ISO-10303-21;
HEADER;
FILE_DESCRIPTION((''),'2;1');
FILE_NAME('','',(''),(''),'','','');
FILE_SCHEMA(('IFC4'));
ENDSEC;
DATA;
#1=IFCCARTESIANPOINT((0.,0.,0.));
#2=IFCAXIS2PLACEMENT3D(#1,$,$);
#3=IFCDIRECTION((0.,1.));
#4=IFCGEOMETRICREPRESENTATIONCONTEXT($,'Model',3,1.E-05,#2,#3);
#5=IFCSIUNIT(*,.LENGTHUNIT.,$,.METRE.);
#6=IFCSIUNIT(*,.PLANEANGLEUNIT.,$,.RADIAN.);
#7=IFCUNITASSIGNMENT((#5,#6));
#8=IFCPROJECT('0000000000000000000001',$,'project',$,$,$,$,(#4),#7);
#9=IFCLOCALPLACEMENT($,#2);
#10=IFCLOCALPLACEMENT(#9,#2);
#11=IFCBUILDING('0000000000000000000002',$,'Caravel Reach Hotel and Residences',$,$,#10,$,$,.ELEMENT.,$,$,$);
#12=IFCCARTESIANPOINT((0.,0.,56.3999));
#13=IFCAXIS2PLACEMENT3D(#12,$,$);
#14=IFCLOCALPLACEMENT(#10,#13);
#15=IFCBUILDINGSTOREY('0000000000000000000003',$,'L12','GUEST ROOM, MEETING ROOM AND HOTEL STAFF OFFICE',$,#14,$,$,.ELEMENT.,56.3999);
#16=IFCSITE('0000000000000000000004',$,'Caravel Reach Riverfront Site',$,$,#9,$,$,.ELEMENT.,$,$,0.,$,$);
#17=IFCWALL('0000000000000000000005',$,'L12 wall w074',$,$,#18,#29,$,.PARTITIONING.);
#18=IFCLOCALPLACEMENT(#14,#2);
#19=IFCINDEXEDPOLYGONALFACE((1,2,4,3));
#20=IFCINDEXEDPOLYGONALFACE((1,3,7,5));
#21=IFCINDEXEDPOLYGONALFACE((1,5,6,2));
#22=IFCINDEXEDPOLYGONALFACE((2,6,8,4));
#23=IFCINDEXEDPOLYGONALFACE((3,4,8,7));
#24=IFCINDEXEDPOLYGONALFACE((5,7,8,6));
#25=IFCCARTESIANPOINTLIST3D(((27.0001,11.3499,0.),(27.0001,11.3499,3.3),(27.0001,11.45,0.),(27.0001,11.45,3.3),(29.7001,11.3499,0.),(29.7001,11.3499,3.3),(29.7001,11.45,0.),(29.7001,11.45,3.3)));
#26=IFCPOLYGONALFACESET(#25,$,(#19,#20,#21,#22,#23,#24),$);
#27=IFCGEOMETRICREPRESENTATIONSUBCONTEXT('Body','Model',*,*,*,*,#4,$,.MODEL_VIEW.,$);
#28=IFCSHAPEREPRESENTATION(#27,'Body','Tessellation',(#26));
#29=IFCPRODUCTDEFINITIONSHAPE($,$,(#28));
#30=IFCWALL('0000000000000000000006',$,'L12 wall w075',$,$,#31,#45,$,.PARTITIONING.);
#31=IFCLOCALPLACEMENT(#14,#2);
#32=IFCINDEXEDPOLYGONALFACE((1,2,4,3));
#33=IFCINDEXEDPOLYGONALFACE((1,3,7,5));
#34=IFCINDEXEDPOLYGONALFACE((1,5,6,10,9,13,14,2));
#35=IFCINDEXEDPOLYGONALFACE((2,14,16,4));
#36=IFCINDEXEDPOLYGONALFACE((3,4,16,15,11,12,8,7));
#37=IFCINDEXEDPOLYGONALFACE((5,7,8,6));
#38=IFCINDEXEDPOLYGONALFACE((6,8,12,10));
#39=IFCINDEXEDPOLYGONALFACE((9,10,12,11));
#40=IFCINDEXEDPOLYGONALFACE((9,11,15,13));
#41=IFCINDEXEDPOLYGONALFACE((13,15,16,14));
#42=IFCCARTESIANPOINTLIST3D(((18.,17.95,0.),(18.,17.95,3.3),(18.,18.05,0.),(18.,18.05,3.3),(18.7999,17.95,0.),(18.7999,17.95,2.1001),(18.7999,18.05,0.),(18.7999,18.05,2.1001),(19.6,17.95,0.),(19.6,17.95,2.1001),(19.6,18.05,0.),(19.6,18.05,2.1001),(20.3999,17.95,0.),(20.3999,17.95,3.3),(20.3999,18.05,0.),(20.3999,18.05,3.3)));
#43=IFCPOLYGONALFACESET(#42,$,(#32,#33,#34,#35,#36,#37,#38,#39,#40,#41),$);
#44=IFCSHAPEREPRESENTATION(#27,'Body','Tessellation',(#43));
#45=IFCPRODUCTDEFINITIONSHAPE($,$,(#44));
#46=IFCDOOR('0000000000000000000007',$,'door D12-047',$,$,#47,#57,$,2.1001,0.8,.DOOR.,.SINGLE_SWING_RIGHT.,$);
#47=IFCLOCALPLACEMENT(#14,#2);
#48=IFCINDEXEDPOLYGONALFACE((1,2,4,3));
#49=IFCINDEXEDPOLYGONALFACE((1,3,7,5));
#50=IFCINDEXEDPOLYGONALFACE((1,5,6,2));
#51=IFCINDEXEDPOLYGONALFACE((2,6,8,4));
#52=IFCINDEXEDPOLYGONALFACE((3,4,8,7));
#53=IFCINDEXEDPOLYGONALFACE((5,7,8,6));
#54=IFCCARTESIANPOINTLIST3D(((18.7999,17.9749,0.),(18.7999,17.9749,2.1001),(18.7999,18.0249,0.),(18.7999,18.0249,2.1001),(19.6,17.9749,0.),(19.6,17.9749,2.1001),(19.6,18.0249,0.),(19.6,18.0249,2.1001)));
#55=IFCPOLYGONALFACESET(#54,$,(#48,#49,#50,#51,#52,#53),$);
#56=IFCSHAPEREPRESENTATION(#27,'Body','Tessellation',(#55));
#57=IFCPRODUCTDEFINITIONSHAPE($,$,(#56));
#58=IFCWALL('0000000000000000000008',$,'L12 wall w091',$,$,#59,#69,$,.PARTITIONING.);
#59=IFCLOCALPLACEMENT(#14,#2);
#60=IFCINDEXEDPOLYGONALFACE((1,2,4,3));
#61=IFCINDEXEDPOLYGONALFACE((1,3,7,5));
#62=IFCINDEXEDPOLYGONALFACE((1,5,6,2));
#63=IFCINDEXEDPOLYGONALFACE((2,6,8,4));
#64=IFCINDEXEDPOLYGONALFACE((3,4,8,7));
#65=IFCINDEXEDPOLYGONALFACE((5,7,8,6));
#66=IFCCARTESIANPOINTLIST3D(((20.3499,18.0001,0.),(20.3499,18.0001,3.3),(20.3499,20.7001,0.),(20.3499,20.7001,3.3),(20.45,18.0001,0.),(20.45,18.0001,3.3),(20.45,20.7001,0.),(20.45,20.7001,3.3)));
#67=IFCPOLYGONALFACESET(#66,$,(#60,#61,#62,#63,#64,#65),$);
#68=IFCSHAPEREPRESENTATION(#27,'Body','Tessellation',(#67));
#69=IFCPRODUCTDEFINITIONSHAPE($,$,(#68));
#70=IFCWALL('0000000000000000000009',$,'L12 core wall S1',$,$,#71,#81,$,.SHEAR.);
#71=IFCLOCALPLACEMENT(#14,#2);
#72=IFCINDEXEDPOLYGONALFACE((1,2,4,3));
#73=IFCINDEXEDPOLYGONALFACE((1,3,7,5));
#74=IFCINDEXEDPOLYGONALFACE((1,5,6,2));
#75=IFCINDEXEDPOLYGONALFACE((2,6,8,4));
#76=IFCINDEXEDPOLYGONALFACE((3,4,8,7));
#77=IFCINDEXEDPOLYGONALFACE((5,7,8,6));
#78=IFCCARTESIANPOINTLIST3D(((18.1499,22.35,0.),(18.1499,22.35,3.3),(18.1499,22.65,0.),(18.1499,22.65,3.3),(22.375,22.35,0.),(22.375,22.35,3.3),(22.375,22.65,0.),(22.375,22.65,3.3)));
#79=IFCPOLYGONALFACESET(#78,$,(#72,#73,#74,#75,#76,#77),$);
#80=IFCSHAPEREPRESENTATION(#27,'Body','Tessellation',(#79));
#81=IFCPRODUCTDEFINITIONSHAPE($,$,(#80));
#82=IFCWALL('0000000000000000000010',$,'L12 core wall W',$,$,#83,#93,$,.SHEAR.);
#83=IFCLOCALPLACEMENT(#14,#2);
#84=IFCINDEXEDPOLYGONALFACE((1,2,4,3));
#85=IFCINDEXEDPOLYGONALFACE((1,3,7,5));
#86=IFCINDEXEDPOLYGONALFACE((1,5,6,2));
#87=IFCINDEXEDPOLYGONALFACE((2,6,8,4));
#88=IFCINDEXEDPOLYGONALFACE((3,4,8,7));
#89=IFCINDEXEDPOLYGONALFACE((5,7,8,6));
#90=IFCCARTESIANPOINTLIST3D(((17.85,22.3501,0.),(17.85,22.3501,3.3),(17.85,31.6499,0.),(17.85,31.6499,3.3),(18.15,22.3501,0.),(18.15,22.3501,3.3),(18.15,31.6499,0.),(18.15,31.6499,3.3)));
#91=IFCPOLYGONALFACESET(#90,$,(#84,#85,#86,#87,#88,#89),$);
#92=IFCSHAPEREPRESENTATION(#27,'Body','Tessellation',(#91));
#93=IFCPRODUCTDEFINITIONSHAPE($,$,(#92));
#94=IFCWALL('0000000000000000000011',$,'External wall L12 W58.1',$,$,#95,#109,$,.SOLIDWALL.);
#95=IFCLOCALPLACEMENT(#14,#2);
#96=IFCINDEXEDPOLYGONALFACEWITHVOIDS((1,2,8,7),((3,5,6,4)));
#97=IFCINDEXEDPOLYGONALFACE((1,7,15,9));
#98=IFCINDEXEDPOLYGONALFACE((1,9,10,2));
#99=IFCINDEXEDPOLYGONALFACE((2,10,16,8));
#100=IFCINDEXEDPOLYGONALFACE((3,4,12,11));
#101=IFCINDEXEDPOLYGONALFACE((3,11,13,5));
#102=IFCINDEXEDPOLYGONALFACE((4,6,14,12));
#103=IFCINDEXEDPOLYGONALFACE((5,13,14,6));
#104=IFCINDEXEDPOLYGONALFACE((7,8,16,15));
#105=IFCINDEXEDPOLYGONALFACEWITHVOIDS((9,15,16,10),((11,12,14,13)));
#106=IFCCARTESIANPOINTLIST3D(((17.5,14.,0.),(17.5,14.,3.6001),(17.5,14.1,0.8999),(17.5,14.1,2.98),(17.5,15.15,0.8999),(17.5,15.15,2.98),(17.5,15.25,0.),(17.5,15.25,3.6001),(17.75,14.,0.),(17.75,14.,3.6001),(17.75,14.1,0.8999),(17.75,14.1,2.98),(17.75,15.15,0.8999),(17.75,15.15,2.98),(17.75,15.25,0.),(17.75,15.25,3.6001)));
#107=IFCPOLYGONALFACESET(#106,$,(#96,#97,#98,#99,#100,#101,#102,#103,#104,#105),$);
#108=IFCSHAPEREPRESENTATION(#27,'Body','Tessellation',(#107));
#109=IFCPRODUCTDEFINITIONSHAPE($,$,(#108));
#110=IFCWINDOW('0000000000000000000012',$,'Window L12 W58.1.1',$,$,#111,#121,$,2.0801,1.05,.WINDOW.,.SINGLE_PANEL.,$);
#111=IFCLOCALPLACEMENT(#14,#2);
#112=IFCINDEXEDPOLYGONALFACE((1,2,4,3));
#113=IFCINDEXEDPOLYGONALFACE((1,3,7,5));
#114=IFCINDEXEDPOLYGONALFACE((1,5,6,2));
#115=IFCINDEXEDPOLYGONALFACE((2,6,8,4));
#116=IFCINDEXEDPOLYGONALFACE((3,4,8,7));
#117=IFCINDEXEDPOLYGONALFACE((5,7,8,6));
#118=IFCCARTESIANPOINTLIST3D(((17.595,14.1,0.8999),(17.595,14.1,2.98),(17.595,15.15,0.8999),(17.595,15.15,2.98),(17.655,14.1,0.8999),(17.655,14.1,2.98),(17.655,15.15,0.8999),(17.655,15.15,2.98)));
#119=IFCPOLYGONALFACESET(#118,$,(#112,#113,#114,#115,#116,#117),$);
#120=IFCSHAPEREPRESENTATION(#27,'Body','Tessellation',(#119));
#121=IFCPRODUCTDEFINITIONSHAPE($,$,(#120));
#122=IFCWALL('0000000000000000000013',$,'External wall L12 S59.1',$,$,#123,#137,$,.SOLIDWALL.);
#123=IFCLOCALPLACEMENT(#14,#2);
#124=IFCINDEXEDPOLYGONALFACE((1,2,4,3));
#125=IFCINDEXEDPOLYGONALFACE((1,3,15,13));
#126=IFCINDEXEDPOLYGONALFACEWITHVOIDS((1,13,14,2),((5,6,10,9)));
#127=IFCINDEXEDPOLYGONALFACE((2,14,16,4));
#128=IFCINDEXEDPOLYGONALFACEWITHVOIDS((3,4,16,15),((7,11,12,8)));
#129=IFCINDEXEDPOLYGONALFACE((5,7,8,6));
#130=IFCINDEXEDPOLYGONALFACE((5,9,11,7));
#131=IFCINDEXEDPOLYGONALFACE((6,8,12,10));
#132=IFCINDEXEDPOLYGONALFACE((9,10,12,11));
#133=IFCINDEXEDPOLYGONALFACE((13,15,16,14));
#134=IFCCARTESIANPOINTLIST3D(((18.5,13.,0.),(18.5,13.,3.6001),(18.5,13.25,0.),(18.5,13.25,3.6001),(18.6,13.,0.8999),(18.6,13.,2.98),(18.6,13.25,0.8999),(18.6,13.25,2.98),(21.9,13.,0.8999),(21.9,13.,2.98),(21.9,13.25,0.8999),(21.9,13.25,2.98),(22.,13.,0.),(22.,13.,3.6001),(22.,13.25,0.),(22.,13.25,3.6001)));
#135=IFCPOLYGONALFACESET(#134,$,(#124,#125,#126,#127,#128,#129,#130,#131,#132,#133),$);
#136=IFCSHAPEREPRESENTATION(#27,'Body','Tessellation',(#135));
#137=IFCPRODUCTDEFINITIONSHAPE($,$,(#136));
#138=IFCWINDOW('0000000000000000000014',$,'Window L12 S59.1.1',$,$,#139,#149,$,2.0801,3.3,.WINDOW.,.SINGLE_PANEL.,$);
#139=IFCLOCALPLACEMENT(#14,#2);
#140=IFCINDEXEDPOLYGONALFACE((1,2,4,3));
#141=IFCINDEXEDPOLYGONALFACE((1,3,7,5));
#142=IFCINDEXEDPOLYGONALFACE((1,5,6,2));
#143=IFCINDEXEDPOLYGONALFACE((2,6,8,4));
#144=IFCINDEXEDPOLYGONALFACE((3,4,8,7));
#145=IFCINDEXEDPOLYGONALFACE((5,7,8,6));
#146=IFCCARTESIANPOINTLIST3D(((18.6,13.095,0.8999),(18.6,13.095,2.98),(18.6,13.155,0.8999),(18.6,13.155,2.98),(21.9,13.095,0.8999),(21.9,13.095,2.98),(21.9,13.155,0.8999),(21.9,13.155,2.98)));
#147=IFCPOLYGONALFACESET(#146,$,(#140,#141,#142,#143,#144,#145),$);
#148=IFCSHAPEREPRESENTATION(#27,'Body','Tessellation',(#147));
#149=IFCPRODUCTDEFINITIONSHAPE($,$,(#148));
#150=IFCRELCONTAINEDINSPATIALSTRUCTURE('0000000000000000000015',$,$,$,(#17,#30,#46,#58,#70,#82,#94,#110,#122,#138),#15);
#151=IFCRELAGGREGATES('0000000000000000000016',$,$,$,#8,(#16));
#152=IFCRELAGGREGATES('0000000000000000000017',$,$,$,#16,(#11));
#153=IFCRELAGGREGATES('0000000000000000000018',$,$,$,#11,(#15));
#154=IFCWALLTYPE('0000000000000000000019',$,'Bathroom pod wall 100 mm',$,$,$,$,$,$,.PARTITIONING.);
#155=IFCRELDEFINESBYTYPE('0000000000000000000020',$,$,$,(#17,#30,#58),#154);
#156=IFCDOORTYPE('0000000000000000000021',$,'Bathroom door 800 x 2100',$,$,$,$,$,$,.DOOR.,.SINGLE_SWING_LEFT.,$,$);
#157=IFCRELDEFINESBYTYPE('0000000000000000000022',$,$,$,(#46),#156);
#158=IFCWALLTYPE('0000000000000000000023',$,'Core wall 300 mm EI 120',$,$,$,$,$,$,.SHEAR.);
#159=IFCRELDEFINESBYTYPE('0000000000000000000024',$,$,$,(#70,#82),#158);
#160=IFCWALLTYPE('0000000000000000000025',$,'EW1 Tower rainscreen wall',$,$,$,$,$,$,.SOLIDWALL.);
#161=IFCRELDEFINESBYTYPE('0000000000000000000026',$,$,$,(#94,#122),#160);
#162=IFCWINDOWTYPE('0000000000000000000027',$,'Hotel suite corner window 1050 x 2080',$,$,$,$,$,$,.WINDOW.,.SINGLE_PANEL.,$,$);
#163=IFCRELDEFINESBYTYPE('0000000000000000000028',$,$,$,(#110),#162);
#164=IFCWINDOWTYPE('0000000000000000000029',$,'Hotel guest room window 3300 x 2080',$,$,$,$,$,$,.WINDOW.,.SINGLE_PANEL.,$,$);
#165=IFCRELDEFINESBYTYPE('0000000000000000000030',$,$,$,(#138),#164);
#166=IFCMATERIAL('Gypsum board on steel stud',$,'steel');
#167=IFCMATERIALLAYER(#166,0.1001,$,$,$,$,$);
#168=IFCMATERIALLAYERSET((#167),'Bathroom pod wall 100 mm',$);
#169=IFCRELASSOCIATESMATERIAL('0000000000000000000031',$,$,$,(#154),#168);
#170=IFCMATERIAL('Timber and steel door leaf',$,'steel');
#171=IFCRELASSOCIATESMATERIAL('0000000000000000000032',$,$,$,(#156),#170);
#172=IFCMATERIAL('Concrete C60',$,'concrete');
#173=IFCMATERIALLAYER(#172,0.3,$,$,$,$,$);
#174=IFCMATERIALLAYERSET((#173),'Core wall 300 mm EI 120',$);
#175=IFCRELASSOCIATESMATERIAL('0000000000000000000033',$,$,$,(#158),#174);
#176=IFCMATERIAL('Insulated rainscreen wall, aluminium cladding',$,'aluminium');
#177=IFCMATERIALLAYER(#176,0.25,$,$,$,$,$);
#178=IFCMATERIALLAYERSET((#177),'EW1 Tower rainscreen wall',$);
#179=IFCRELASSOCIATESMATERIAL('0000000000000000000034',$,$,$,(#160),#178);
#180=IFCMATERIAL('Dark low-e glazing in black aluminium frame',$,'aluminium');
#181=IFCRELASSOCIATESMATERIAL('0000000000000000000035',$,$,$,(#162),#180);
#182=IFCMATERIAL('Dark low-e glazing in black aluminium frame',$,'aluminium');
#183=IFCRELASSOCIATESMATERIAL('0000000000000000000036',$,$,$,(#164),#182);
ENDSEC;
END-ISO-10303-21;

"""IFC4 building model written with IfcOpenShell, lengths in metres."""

from ifc_helpers import new_model, si_unit, direction, frame, frame_2d, origin, place, context, subcontext, project, spatial, rectangle, extrude, material, layer, layer_set, type_object, element, fill, save


model = new_model("IFC4")

# Units and contexts
model_context = context("Model", 3, precision=1e-05, world=origin(), true_north=direction((0.0, 1.0)))
body_context = subcontext(model_context, "Body", "Model", "MODEL_VIEW")
ifc_project = project(units=[si_unit("LENGTHUNIT", "METRE"), si_unit("PLANEANGLEUNIT", "RADIAN")], contexts=[model_context])

# Site, building, storey
site_placement = place(None, origin())
site = spatial("IfcSite", under=ifc_project, at=site_placement, Name="Caravel Reach Riverfront Site", CompositionType="ELEMENT", RefElevation=0.0)
building_placement = place(site_placement, origin())
building = spatial("IfcBuilding", under=site, at=building_placement, Name="Caravel Reach Hotel and Residences", CompositionType="ELEMENT")
storey_placement = place(building_placement, frame((0.0, 0.0, 56.3999)))
storey = spatial("IfcBuildingStorey", under=building, at=storey_placement, Name="L12", Description="GUEST ROOM, MEETING ROOM AND HOTEL STAFF OFFICE", CompositionType="ELEMENT", Elevation=56.3999)

# Wall
ifc_material_1 = material(Name="Gypsum board on steel stud", Category="steel")
ifc_layer_1 = layer(ifc_material_1, 0.1001)
ifc_layer_set_1 = layer_set([ifc_layer_1], Name="Bathroom pod wall 100 mm")
wall_type_1 = type_object("IfcWallType", Name="Bathroom pod wall 100 mm", PredefinedType="PARTITIONING", material=ifc_layer_set_1)
wall_1_placement = place(storey_placement, frame((27.0, 11.3999, 0.0), z_axis=(0.0, 0.0, 1.0), x_axis=(1.0, 0.0, 0.0)))
element("IfcWall", 1, at=wall_1_placement, inside=storey, type_object=wall_type_1, Name="L12 wall w074", PredefinedType="PARTITIONING", context=body_context, shape_type="SweptSolid", body=[
    extrude(rectangle(XDim=2.7, YDim=0.1001, at=frame_2d((1.3501, 0.0))), origin(), (0.0, 0.0, 1.0), 3.3),
])

# Wall, opening, door
wall_2_placement = place(storey_placement, frame((18.0, 18.0, 0.0), z_axis=(0.0, 0.0, 1.0), x_axis=(1.0, 0.0, 0.0)))
wall_2 = element("IfcWall", 2, at=wall_2_placement, inside=storey, type_object=wall_type_1, Name="L12 wall w075", PredefinedType="PARTITIONING", context=body_context, shape_type="SweptSolid", body=[
    extrude(rectangle(XDim=2.3999, YDim=0.1001, at=frame_2d((1.2, 0.0))), origin(), (0.0, 0.0, 1.0), 3.3),
])
opening_1_placement = place(wall_2_placement, frame((0.8, 0.0, 0.0)))
opening_1 = element("IfcOpeningElement", 3, at=opening_1_placement, cuts=wall_2, PredefinedType="OPENING", context=body_context, shape_type="SweptSolid", body=[
    extrude(rectangle(XDim=0.8, YDim=2.1001, at=frame_2d((0.3999, 1.05))), frame((0.0, 0.0601, 0.0), z_axis=(0.0, -1.0, 0.0), x_axis=(1.0, 0.0, 0.0)), (0.0, 0.0, 1.0), 0.1201),
])
ifc_material_2 = material(Name="Timber and steel door leaf", Category="steel")
door_type_1 = type_object("IfcDoorType", Name="Bathroom door 800 x 2100", OperationType="SINGLE_SWING_LEFT", PredefinedType="DOOR", material=ifc_material_2)
door_1_placement = place(opening_1_placement, origin())
door_1 = element("IfcDoor", 4, at=door_1_placement, inside=storey, type_object=door_type_1, Name="door D12-047", OperationType="SINGLE_SWING_RIGHT", OverallHeight=2.1001, OverallWidth=0.8, PredefinedType="DOOR", context=body_context, shape_type="SweptSolid", body=[
    extrude(rectangle(XDim=0.8, YDim=2.1001, at=frame_2d((0.3999, 1.05))), frame((0.0, 0.0249, 0.0), z_axis=(0.0, -1.0, 0.0), x_axis=(1.0, 0.0, 0.0)), (0.0, 0.0, 1.0), 0.05),
])
fill(opening_1, door_1)

# Walls
wall_3_placement = place(storey_placement, frame((20.3999, 18.0, 0.0), z_axis=(0.0, 0.0, 1.0), x_axis=(0.0, 1.0, 0.0)))
element("IfcWall", 5, at=wall_3_placement, inside=storey, type_object=wall_type_1, Name="L12 wall w091", PredefinedType="PARTITIONING", context=body_context, shape_type="SweptSolid", body=[
    extrude(rectangle(XDim=2.7, YDim=0.1001, at=frame_2d((1.3501, 0.0))), origin(), (0.0, 0.0, 1.0), 3.3),
])
ifc_material_3 = material(Name="Concrete C60", Category="concrete")
ifc_layer_2 = layer(ifc_material_3, 0.3)
ifc_layer_set_2 = layer_set([ifc_layer_2], Name="Core wall 300 mm EI 120")
wall_type_2 = type_object("IfcWallType", Name="Core wall 300 mm EI 120", PredefinedType="SHEAR", material=ifc_layer_set_2)
wall_4_placement = place(storey_placement, frame((18.1499, 22.5, 0.0), z_axis=(0.0, 0.0, 1.0), x_axis=(1.0, 0.0, 0.0)))
element("IfcWall", 6, at=wall_4_placement, inside=storey, type_object=wall_type_2, Name="L12 core wall S1", PredefinedType="SHEAR", context=body_context, shape_type="SweptSolid", body=[
    extrude(rectangle(XDim=4.2251, YDim=0.3, at=frame_2d((2.1125, 0.0))), origin(), (0.0, 0.0, 1.0), 3.3),
])
wall_5_placement = place(storey_placement, frame((18.0, 22.3501, 0.0), z_axis=(0.0, 0.0, 1.0), x_axis=(0.0, 1.0, 0.0)))
element("IfcWall", 7, at=wall_5_placement, inside=storey, type_object=wall_type_2, Name="L12 core wall W", PredefinedType="SHEAR", context=body_context, shape_type="SweptSolid", body=[
    extrude(rectangle(XDim=9.2998, YDim=0.3, at=frame_2d((4.6499, 0.0))), origin(), (0.0, 0.0, 1.0), 3.3),
])

# Walls, openings, windows
ifc_material_4 = material(Name="Insulated rainscreen wall, aluminium cladding", Category="aluminium")
ifc_layer_3 = layer(ifc_material_4, 0.25)
ifc_layer_set_3 = layer_set([ifc_layer_3], Name="EW1 Tower rainscreen wall")
wall_type_3 = type_object("IfcWallType", Name="EW1 Tower rainscreen wall", PredefinedType="SOLIDWALL", material=ifc_layer_set_3)
wall_6_placement = place(storey_placement, frame((17.625, 15.25, 0.0), z_axis=(0.0, 0.0, 1.0), x_axis=(0.0, -1.0, 0.0)))
wall_6 = element("IfcWall", 8, at=wall_6_placement, inside=storey, type_object=wall_type_3, Name="External wall L12 W58.1", PredefinedType="SOLIDWALL", context=body_context, shape_type="SweptSolid", body=[
    extrude(rectangle(XDim=1.25, YDim=0.25, at=frame_2d((0.625, 0.0))), origin(), (0.0, 0.0, 1.0), 3.6001),
])
opening_2_placement = place(wall_6_placement, frame((0.1001, 0.0, 0.8999)))
opening_2 = element("IfcOpeningElement", 9, at=opening_2_placement, cuts=wall_6, PredefinedType="OPENING", context=body_context, shape_type="SweptSolid", body=[
    extrude(rectangle(XDim=1.05, YDim=2.0801, at=frame_2d((0.5249, 1.04))), frame((0.0, 0.135, 0.0), z_axis=(0.0, -1.0, 0.0), x_axis=(1.0, 0.0, 0.0)), (0.0, 0.0, 1.0), 0.27),
])
ifc_material_5 = material(Name="Dark low-e glazing in black aluminium frame", Category="aluminium")
window_type_1 = type_object("IfcWindowType", Name="Hotel suite corner window 1050 x 2080", PartitioningType="SINGLE_PANEL", PredefinedType="WINDOW", material=ifc_material_5)
window_1_placement = place(opening_2_placement, origin())
window_1 = element("IfcWindow", 10, at=window_1_placement, inside=storey, type_object=window_type_1, Name="Window L12 W58.1.1", OverallHeight=2.0801, OverallWidth=1.05, PartitioningType="SINGLE_PANEL", PredefinedType="WINDOW", context=body_context, shape_type="SweptSolid", body=[
    extrude(rectangle(XDim=1.05, YDim=2.0801, at=frame_2d((0.5249, 1.04))), frame((0.0, 0.03, 0.0), z_axis=(0.0, -1.0, 0.0), x_axis=(1.0, 0.0, 0.0)), (0.0, 0.0, 1.0), 0.0601),
])
fill(opening_2, window_1)
wall_7_placement = place(storey_placement, frame((18.5, 13.125, 0.0), z_axis=(0.0, 0.0, 1.0), x_axis=(1.0, 0.0, 0.0)))
wall_7 = element("IfcWall", 11, at=wall_7_placement, inside=storey, type_object=wall_type_3, Name="External wall L12 S59.1", PredefinedType="SOLIDWALL", context=body_context, shape_type="SweptSolid", body=[
    extrude(rectangle(XDim=3.5, YDim=0.25, at=frame_2d((1.75, 0.0))), origin(), (0.0, 0.0, 1.0), 3.6001),
])
opening_3_placement = place(wall_7_placement, frame((0.1001, 0.0, 0.8999)))
opening_3 = element("IfcOpeningElement", 12, at=opening_3_placement, cuts=wall_7, PredefinedType="OPENING", context=body_context, shape_type="SweptSolid", body=[
    extrude(rectangle(XDim=3.3, YDim=2.0801, at=frame_2d((1.6499, 1.04))), frame((0.0, 0.135, 0.0), z_axis=(0.0, -1.0, 0.0), x_axis=(1.0, 0.0, 0.0)), (0.0, 0.0, 1.0), 0.27),
])
ifc_material_6 = material(Name="Dark low-e glazing in black aluminium frame", Category="aluminium")
window_type_2 = type_object("IfcWindowType", Name="Hotel guest room window 3300 x 2080", PartitioningType="SINGLE_PANEL", PredefinedType="WINDOW", material=ifc_material_6)
window_2_placement = place(opening_3_placement, origin())
window_2 = element("IfcWindow", 13, at=window_2_placement, inside=storey, type_object=window_type_2, Name="Window L12 S59.1.1", OverallHeight=2.0801, OverallWidth=3.3, PartitioningType="SINGLE_PANEL", PredefinedType="WINDOW", context=body_context, shape_type="SweptSolid", body=[
    extrude(rectangle(XDim=3.3, YDim=2.0801, at=frame_2d((1.6499, 1.04))), frame((0.0, 0.03, 0.0), z_axis=(0.0, -1.0, 0.0), x_axis=(1.0, 0.0, 0.0)), (0.0, 0.0, 1.0), 0.0601),
])
fill(opening_3, window_2)

save(model, "model.ifc")
